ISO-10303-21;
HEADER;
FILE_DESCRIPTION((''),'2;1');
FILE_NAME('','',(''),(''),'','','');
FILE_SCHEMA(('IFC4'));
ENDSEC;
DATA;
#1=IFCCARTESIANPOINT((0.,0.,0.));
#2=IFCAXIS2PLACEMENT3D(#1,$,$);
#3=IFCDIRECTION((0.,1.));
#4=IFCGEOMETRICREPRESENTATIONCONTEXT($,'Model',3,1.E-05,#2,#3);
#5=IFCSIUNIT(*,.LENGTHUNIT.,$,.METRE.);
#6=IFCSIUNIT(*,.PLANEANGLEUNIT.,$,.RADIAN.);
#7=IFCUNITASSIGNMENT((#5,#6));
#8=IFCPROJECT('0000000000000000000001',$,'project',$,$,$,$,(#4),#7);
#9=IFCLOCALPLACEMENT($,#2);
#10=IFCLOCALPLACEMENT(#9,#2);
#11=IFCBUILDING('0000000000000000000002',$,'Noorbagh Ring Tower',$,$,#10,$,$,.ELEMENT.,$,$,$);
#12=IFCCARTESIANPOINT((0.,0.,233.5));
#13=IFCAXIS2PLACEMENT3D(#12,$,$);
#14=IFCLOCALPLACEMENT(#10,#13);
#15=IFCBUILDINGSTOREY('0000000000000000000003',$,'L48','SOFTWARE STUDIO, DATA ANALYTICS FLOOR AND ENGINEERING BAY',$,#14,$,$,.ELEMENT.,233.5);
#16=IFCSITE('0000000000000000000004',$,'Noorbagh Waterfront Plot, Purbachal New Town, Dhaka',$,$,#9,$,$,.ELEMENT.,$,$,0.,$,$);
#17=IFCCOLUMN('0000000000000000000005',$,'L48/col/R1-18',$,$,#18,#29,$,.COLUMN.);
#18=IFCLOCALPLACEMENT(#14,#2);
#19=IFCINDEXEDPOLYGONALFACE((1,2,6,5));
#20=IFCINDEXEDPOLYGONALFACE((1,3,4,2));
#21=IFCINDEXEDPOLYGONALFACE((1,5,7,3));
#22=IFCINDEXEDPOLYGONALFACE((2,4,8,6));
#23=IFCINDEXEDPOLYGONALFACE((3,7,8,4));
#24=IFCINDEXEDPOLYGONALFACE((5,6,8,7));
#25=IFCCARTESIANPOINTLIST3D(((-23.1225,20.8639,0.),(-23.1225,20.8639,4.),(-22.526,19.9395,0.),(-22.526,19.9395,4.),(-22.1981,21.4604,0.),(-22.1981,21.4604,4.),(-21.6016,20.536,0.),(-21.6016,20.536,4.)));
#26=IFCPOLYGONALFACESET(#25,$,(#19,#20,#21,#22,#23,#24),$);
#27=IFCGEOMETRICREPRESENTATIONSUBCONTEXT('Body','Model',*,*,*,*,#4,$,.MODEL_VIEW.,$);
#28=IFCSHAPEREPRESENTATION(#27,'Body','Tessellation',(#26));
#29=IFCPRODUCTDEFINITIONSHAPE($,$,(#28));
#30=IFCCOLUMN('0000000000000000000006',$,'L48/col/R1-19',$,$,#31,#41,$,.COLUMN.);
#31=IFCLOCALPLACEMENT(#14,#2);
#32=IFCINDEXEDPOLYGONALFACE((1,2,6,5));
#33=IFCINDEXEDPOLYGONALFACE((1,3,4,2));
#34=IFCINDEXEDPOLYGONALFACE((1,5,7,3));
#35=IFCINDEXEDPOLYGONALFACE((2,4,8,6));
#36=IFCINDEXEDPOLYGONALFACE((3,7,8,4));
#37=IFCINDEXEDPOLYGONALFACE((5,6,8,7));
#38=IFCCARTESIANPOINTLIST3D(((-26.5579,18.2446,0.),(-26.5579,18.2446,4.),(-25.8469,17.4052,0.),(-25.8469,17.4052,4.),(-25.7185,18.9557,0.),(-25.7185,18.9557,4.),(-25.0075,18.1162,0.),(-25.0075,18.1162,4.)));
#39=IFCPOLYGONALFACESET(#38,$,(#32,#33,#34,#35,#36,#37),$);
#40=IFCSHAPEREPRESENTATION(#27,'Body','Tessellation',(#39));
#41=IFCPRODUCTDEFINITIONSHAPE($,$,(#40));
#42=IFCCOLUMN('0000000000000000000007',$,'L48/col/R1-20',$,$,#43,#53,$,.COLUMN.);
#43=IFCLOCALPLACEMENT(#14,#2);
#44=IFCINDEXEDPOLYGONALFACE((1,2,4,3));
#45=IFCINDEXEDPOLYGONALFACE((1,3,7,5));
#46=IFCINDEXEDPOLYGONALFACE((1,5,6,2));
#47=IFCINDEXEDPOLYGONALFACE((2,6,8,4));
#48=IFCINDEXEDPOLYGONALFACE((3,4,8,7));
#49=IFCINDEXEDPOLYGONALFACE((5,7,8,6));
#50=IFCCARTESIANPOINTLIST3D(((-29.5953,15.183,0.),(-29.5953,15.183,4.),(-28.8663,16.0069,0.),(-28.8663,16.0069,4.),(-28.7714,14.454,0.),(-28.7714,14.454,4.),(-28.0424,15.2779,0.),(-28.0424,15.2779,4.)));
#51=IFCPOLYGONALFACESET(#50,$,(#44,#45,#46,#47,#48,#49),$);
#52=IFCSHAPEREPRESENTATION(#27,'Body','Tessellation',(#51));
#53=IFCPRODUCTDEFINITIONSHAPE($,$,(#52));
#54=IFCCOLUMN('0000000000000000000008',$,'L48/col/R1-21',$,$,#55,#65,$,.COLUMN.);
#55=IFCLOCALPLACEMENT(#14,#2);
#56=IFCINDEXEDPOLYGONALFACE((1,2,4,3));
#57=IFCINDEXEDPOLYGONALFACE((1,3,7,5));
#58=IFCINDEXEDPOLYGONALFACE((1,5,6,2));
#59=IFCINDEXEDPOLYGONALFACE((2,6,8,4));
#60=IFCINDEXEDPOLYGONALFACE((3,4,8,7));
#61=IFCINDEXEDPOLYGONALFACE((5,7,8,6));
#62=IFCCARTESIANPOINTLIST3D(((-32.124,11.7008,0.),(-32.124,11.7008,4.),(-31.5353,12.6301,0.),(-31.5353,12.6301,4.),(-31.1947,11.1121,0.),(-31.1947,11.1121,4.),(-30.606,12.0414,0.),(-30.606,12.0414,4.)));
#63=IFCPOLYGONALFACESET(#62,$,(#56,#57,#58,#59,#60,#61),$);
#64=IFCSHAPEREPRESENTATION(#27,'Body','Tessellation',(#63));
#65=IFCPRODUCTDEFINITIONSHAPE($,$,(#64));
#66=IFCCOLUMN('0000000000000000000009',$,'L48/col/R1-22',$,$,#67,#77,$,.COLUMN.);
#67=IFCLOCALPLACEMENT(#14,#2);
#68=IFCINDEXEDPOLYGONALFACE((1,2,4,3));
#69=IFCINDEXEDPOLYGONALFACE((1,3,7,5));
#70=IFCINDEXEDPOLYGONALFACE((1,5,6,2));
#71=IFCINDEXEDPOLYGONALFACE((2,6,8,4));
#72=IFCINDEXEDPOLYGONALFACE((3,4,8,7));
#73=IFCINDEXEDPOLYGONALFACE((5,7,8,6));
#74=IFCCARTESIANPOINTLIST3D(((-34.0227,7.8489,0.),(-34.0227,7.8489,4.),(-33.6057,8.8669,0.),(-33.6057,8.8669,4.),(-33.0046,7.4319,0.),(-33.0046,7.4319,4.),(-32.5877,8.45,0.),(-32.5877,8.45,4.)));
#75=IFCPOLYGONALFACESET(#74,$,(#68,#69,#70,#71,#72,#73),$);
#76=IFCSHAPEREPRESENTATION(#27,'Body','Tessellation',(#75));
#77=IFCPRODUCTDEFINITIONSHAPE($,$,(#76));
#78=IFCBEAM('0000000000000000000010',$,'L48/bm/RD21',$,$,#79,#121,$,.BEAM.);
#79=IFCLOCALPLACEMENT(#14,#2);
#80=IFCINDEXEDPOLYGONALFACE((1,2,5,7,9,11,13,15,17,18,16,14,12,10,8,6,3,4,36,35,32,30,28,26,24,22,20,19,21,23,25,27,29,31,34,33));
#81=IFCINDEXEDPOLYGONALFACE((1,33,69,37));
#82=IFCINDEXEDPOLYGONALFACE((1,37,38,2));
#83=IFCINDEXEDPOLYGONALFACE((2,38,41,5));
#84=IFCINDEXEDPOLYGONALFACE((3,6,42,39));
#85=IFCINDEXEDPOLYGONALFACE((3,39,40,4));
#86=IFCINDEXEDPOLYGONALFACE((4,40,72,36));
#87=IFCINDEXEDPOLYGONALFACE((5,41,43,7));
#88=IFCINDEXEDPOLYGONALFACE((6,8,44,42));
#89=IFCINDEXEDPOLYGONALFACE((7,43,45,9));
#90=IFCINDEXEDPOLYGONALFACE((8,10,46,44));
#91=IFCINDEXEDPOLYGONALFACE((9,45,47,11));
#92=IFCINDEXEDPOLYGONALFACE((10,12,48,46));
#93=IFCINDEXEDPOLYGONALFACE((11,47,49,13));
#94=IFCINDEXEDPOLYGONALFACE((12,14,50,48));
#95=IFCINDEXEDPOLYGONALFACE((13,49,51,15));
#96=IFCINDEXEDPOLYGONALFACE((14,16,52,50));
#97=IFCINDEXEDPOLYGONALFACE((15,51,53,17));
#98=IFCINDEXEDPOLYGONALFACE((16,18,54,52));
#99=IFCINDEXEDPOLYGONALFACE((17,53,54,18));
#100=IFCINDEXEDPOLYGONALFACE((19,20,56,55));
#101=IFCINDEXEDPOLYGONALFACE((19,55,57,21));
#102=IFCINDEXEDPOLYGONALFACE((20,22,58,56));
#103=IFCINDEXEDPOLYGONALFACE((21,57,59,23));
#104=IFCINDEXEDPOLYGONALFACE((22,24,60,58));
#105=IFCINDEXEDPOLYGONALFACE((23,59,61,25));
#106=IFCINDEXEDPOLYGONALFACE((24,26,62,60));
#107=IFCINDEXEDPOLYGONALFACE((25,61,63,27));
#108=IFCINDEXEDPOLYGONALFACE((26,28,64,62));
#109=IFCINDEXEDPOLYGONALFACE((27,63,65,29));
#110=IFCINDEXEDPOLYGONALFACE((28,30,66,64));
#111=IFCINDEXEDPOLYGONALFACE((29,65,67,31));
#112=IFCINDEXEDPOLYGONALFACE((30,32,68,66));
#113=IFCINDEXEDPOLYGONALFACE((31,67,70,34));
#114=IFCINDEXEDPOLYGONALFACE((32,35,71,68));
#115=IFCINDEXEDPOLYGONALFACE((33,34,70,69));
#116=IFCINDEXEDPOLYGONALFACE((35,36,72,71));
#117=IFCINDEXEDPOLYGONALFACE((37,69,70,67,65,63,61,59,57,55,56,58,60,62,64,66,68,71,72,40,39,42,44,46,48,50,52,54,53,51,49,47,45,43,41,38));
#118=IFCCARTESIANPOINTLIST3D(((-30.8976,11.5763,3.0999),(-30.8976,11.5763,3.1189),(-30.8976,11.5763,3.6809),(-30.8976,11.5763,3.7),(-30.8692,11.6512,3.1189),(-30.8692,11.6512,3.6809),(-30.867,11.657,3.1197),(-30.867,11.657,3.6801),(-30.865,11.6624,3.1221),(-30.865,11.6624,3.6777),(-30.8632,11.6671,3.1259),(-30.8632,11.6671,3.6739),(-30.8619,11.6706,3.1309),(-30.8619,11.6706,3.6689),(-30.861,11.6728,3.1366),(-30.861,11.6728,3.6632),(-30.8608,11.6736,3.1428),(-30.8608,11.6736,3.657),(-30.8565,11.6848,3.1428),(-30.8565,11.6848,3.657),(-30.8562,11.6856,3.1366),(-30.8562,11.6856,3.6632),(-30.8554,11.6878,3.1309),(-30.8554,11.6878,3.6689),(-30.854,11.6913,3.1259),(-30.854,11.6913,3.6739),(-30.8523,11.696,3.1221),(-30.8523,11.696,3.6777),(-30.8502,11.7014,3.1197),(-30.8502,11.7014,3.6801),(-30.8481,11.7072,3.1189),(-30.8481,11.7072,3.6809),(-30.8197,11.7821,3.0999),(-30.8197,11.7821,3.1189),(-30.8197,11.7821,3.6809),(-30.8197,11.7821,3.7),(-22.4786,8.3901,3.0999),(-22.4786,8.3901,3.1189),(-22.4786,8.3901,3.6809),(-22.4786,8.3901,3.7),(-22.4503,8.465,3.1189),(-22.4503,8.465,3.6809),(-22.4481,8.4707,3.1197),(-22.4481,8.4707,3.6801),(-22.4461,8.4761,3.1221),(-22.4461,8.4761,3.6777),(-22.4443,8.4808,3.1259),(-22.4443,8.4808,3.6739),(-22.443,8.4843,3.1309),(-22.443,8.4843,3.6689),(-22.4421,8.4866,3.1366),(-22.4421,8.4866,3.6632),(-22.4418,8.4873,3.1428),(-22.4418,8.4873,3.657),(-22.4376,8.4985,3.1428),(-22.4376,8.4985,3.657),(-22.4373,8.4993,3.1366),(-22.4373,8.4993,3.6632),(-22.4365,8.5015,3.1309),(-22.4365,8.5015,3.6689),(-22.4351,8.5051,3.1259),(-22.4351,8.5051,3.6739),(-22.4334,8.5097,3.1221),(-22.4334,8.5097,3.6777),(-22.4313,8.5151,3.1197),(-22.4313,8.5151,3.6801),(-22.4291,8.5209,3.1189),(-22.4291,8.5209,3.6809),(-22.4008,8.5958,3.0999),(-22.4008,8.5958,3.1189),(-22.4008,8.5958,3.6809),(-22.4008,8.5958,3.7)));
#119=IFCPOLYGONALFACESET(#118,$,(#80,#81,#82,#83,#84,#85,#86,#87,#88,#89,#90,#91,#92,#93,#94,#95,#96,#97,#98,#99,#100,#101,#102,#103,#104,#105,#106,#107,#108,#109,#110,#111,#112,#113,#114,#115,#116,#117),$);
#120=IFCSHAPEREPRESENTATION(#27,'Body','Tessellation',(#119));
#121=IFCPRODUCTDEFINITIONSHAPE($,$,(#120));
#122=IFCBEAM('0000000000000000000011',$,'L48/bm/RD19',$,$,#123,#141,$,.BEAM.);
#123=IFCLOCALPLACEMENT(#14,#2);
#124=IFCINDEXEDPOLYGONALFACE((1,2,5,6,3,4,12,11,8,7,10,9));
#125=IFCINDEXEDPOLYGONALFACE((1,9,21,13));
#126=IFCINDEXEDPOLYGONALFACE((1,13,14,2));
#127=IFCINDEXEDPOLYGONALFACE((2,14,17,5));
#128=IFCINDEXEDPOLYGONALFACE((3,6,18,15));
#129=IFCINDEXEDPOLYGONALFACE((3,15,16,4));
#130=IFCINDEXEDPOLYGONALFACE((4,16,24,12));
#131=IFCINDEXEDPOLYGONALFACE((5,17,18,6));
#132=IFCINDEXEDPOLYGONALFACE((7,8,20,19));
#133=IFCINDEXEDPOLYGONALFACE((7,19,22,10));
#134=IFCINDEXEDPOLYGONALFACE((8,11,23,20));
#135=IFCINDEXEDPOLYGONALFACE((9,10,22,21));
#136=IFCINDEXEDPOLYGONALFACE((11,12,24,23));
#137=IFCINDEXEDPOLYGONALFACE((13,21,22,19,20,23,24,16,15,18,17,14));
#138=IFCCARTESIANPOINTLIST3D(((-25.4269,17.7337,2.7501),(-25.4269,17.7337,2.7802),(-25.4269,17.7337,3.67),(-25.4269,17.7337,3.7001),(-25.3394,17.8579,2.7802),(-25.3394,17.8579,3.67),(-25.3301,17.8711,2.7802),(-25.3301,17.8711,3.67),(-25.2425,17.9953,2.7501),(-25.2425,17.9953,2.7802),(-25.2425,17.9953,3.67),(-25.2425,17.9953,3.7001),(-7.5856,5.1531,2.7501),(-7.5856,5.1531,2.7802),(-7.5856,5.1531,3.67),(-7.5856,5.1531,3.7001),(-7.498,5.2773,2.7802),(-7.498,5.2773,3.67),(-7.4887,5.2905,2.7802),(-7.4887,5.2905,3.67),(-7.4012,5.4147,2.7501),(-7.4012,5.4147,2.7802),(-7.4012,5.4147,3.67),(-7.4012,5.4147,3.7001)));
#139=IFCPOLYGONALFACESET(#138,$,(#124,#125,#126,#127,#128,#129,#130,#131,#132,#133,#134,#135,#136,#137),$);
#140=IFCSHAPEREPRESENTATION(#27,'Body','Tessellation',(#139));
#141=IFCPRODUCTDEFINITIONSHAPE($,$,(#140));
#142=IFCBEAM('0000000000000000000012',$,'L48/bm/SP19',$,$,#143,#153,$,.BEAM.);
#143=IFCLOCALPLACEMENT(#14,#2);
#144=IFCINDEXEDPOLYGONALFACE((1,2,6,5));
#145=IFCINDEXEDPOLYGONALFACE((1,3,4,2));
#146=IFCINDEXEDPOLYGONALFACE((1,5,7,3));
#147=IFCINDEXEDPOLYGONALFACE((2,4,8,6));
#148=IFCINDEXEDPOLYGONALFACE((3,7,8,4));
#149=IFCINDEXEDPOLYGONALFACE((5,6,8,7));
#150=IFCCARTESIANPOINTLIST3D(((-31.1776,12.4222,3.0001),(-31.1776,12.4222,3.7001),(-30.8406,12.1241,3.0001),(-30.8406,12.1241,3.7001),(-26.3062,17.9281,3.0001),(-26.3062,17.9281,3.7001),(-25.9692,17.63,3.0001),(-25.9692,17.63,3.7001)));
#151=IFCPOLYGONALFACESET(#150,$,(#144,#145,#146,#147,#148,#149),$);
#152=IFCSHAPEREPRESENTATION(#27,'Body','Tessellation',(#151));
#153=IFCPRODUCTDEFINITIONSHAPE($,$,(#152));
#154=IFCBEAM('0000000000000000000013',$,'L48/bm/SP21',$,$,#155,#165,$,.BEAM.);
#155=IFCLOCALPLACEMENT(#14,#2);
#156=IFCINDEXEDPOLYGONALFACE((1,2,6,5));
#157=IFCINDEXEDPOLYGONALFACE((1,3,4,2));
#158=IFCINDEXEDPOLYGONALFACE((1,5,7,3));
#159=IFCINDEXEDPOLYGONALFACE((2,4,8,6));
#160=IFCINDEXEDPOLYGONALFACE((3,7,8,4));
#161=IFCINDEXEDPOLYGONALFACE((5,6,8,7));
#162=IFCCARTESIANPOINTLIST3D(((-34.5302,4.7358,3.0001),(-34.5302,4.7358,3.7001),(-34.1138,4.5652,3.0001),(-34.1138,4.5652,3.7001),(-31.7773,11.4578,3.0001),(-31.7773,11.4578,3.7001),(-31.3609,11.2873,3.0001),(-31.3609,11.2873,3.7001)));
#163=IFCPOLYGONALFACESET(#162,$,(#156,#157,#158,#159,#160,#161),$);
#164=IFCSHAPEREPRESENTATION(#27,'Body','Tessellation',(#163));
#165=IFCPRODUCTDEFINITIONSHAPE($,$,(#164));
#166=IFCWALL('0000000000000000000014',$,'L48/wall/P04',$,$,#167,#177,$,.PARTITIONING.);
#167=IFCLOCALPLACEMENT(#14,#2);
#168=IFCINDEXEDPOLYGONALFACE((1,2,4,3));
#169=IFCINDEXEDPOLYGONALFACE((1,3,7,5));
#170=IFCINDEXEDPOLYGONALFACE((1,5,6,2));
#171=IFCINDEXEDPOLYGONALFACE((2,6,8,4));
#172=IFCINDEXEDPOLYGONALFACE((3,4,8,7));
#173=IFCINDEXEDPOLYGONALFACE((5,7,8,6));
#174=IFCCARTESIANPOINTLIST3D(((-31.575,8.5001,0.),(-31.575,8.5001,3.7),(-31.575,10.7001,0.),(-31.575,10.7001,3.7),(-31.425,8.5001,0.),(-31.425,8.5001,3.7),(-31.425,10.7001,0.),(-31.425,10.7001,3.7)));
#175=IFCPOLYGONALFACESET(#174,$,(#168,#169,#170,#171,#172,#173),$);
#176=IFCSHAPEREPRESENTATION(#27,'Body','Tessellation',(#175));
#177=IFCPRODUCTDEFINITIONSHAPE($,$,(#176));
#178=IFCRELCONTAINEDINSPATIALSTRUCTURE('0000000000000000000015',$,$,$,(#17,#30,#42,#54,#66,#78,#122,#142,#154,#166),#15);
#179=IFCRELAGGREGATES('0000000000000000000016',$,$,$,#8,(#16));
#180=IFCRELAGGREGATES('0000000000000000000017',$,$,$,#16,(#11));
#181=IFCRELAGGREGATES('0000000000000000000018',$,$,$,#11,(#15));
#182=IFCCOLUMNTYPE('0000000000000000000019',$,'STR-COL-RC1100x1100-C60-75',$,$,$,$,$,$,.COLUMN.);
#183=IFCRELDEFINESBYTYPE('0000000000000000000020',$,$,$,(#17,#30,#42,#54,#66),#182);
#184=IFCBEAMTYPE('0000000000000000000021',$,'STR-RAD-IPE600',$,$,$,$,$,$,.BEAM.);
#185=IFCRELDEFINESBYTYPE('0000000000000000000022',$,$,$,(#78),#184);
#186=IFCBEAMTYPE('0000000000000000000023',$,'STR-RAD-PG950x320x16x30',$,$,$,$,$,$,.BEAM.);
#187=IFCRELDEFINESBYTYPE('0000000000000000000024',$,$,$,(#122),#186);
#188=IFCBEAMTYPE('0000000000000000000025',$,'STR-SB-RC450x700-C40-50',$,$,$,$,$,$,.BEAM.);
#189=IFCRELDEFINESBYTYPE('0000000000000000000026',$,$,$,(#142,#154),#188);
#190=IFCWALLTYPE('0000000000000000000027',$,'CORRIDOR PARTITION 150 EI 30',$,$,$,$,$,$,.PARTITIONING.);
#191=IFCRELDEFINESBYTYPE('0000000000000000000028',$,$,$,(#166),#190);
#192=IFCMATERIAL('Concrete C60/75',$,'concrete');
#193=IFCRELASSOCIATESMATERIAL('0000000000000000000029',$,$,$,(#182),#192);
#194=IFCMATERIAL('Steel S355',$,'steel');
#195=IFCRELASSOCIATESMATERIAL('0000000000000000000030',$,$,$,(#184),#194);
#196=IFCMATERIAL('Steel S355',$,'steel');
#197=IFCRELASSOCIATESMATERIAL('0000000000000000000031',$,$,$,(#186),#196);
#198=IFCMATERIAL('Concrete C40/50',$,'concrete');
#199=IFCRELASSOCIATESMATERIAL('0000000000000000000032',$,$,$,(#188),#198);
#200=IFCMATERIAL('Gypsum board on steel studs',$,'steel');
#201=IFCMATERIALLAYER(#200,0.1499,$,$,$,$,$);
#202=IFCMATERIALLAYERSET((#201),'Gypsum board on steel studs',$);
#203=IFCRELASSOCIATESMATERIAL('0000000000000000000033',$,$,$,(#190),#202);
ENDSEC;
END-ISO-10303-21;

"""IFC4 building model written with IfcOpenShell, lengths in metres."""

from ifc_helpers import new_model, si_unit, direction, frame, frame_2d, origin, origin_2d, place, context, subcontext, project, spatial, rectangle, i_section, extrude, material, layer, layer_set, material_profile, profile_set, type_object, element, save


model = new_model("IFC4")

# Units and contexts
model_context = context("Model", 3, precision=1e-05, world=origin(), true_north=direction((0.0, 1.0)))
body_context = subcontext(model_context, "Body", "Model", "MODEL_VIEW")
ifc_project = project(units=[si_unit("LENGTHUNIT", "METRE"), si_unit("PLANEANGLEUNIT", "RADIAN")], contexts=[model_context])

# Site, building, storey
site_placement = place(None, origin())
site = spatial("IfcSite", under=ifc_project, at=site_placement, Name="Noorbagh Waterfront Plot, Purbachal New Town, Dhaka", CompositionType="ELEMENT", RefElevation=0.0)
building_placement = place(site_placement, origin())
building = spatial("IfcBuilding", under=site, at=building_placement, Name="Noorbagh Ring Tower", CompositionType="ELEMENT")
storey_placement = place(building_placement, frame((0.0, 0.0, 233.5)))
storey = spatial("IfcBuildingStorey", under=building, at=storey_placement, Name="L48", Description="SOFTWARE STUDIO, DATA ANALYTICS FLOOR AND ENGINEERING BAY", CompositionType="ELEMENT", Elevation=233.5)

# Columns
ifc_material_1 = material(Name="Concrete C60/75", Category="concrete")
ifc_material_profile_1 = material_profile(ifc_material_1, rectangle(XDim=1.1001, YDim=1.1001, at=origin_2d()), Name="RC1100x1100")
ifc_profile_set_1 = profile_set([ifc_material_profile_1], Name="Concrete C60/75")
column_type = type_object("IfcColumnType", Name="STR-COL-RC1100x1100-C60-75", PredefinedType="COLUMN", material=ifc_profile_set_1)
for number, where, z_axis, x_axis, name in (
    (1, (-22.3621, 20.7, 0.0), (0.0, 0.0, 1.0), (-0.840248, -0.542203, 0.0), "L48/col/R1-18"),
    (2, (-25.7827, 18.1804, 0.0), (0.0, 0.0, 1.0), (-0.763035, -0.646357, 0.0), "L48/col/R1-19"),
    (3, (-28.8188, 15.2305, 0.0), (0.0, 0.0, 1.0), (-0.662636, -0.748942, 0.0), "L48/col/R1-20"),
    (4, (-31.365, 11.8711, 0.0), (0.0, 0.0, 1.0), (-0.53519, -0.844731, 0.0), "L48/col/R1-21"),
    (5, (-33.3052, 8.1494, 0.0), (0.0, 0.0, 1.0), (-0.378989, -0.925401, 0.0), "L48/col/R1-22"),
):
    element("IfcColumn", number, at=place(storey_placement, frame(where, z_axis=z_axis, x_axis=x_axis)), inside=storey, type_object=column_type, Name=name, PredefinedType="COLUMN", context=body_context, shape_type="SweptSolid", body=[
        extrude(rectangle(XDim=1.1001, YDim=1.1001, at=origin_2d()), origin(), (0.0, 0.0, 1.0), 4.0),
    ])

# Beams
ifc_material_2 = material(Name="Steel S355", Category="steel")
ifc_material_profile_2 = material_profile(ifc_material_2, i_section(OverallWidth=0.22, OverallDepth=0.6001, WebThickness=0.012, FlangeThickness=0.019, FilletRadius=0.0239, at=origin_2d()), Name="IPE600")
ifc_profile_set_2 = profile_set([ifc_material_profile_2], Name="Steel S355")
beam_type_1 = type_object("IfcBeamType", Name="STR-RAD-IPE600", PredefinedType="BEAM", material=ifc_profile_set_2)
beam_1_placement = place(storey_placement, frame((-30.8586, 11.6792, 3.3999), z_axis=(0.935259, -0.353963, 0.0), x_axis=(0.353963, 0.935259, 0.0)))
element("IfcBeam", 6, at=beam_1_placement, inside=storey, type_object=beam_type_1, Name="L48/bm/RD21", PredefinedType="BEAM", context=body_context, shape_type="SweptSolid", body=[
    extrude(i_section(OverallWidth=0.22, OverallDepth=0.6001, WebThickness=0.012, FlangeThickness=0.019, FilletRadius=0.0239, at=origin_2d()), origin(), (0.0, 0.0, 1.0), 9.0017),
])
ifc_material_3 = material(Name="Steel S355", Category="steel")
ifc_material_profile_3 = material_profile(ifc_material_3, i_section(OverallWidth=0.3201, OverallDepth=0.95, WebThickness=0.0161, FlangeThickness=0.03, at=origin_2d()), Name="PG950x320x16x30")
ifc_profile_set_3 = profile_set([ifc_material_profile_3], Name="Steel S355")
beam_type_2 = type_object("IfcBeamType", Name="STR-RAD-PG950x320x16x30", PredefinedType="BEAM", material=ifc_profile_set_3)
beam_2_placement = place(storey_placement, frame((-25.3347, 17.8645, 3.2251), z_axis=(0.817255, -0.576277, 0.0), x_axis=(0.576277, 0.817255, 0.0)))
element("IfcBeam", 7, at=beam_2_placement, inside=storey, type_object=beam_type_2, Name="L48/bm/RD19", PredefinedType="BEAM", context=body_context, shape_type="SweptSolid", body=[
    extrude(i_section(OverallWidth=0.3201, OverallDepth=0.95, WebThickness=0.0161, FlangeThickness=0.03, at=origin_2d()), origin(), (0.0, 0.0, 1.0), 21.8308),
])
ifc_material_4 = material(Name="Concrete C40/50", Category="concrete")
ifc_material_profile_4 = material_profile(ifc_material_4, rectangle(XDim=0.45, YDim=0.7, at=origin_2d()), Name="RC450x700")
ifc_profile_set_4 = profile_set([ifc_material_profile_4], Name="Concrete C40/50")
beam_type_3 = type_object("IfcBeamType", Name="STR-SB-RC450x700-C40-50", PredefinedType="BEAM", material=ifc_profile_set_4)
beam_3_placement = place(storey_placement, frame((-26.1377, 17.7791, 3.3501), z_axis=(-0.662633, -0.748945, 0.0), x_axis=(0.748945, -0.662633, 0.0)))
element("IfcBeam", 8, at=beam_3_placement, inside=storey, type_object=beam_type_3, Name="L48/bm/SP19", PredefinedType="BEAM", context=body_context, shape_type="SweptSolid", body=[
    extrude(rectangle(XDim=0.45, YDim=0.7, at=origin_2d()), origin(), (0.0, 0.0, 1.0), 7.3516),
])
beam_4_placement = place(storey_placement, frame((-31.5691, 11.3726, 3.3501), z_axis=(-0.378981, -0.925404, 0.0), x_axis=(0.925404, -0.378981, 0.0)))
element("IfcBeam", 9, at=beam_4_placement, inside=storey, type_object=beam_type_3, Name="L48/bm/SP21", PredefinedType="BEAM", context=body_context, shape_type="SweptSolid", body=[
    extrude(rectangle(XDim=0.45, YDim=0.7, at=origin_2d()), origin(), (0.0, 0.0, 1.0), 7.2639),
])

# Wall
ifc_material_5 = material(Name="Gypsum board on steel studs", Category="steel")
ifc_layer_1 = layer(ifc_material_5, 0.1499)
ifc_layer_set_1 = layer_set([ifc_layer_1], Name="Gypsum board on steel studs")
wall_type_1 = type_object("IfcWallType", Name="CORRIDOR PARTITION 150 EI 30", PredefinedType="PARTITIONING", material=ifc_layer_set_1)
wall_1_placement = place(storey_placement, frame((-31.5, 8.5, 0.0), z_axis=(0.0, 0.0, 1.0), x_axis=(0.0, 1.0, 0.0)))
element("IfcWall", 10, at=wall_1_placement, inside=storey, type_object=wall_type_1, Name="L48/wall/P04", PredefinedType="PARTITIONING", context=body_context, shape_type="SweptSolid", body=[
    extrude(rectangle(XDim=2.2, YDim=0.1499, at=frame_2d((1.1001, 0.0))), origin(), (0.0, 0.0, 1.0), 3.7),
])

save(model, "model.ifc")
